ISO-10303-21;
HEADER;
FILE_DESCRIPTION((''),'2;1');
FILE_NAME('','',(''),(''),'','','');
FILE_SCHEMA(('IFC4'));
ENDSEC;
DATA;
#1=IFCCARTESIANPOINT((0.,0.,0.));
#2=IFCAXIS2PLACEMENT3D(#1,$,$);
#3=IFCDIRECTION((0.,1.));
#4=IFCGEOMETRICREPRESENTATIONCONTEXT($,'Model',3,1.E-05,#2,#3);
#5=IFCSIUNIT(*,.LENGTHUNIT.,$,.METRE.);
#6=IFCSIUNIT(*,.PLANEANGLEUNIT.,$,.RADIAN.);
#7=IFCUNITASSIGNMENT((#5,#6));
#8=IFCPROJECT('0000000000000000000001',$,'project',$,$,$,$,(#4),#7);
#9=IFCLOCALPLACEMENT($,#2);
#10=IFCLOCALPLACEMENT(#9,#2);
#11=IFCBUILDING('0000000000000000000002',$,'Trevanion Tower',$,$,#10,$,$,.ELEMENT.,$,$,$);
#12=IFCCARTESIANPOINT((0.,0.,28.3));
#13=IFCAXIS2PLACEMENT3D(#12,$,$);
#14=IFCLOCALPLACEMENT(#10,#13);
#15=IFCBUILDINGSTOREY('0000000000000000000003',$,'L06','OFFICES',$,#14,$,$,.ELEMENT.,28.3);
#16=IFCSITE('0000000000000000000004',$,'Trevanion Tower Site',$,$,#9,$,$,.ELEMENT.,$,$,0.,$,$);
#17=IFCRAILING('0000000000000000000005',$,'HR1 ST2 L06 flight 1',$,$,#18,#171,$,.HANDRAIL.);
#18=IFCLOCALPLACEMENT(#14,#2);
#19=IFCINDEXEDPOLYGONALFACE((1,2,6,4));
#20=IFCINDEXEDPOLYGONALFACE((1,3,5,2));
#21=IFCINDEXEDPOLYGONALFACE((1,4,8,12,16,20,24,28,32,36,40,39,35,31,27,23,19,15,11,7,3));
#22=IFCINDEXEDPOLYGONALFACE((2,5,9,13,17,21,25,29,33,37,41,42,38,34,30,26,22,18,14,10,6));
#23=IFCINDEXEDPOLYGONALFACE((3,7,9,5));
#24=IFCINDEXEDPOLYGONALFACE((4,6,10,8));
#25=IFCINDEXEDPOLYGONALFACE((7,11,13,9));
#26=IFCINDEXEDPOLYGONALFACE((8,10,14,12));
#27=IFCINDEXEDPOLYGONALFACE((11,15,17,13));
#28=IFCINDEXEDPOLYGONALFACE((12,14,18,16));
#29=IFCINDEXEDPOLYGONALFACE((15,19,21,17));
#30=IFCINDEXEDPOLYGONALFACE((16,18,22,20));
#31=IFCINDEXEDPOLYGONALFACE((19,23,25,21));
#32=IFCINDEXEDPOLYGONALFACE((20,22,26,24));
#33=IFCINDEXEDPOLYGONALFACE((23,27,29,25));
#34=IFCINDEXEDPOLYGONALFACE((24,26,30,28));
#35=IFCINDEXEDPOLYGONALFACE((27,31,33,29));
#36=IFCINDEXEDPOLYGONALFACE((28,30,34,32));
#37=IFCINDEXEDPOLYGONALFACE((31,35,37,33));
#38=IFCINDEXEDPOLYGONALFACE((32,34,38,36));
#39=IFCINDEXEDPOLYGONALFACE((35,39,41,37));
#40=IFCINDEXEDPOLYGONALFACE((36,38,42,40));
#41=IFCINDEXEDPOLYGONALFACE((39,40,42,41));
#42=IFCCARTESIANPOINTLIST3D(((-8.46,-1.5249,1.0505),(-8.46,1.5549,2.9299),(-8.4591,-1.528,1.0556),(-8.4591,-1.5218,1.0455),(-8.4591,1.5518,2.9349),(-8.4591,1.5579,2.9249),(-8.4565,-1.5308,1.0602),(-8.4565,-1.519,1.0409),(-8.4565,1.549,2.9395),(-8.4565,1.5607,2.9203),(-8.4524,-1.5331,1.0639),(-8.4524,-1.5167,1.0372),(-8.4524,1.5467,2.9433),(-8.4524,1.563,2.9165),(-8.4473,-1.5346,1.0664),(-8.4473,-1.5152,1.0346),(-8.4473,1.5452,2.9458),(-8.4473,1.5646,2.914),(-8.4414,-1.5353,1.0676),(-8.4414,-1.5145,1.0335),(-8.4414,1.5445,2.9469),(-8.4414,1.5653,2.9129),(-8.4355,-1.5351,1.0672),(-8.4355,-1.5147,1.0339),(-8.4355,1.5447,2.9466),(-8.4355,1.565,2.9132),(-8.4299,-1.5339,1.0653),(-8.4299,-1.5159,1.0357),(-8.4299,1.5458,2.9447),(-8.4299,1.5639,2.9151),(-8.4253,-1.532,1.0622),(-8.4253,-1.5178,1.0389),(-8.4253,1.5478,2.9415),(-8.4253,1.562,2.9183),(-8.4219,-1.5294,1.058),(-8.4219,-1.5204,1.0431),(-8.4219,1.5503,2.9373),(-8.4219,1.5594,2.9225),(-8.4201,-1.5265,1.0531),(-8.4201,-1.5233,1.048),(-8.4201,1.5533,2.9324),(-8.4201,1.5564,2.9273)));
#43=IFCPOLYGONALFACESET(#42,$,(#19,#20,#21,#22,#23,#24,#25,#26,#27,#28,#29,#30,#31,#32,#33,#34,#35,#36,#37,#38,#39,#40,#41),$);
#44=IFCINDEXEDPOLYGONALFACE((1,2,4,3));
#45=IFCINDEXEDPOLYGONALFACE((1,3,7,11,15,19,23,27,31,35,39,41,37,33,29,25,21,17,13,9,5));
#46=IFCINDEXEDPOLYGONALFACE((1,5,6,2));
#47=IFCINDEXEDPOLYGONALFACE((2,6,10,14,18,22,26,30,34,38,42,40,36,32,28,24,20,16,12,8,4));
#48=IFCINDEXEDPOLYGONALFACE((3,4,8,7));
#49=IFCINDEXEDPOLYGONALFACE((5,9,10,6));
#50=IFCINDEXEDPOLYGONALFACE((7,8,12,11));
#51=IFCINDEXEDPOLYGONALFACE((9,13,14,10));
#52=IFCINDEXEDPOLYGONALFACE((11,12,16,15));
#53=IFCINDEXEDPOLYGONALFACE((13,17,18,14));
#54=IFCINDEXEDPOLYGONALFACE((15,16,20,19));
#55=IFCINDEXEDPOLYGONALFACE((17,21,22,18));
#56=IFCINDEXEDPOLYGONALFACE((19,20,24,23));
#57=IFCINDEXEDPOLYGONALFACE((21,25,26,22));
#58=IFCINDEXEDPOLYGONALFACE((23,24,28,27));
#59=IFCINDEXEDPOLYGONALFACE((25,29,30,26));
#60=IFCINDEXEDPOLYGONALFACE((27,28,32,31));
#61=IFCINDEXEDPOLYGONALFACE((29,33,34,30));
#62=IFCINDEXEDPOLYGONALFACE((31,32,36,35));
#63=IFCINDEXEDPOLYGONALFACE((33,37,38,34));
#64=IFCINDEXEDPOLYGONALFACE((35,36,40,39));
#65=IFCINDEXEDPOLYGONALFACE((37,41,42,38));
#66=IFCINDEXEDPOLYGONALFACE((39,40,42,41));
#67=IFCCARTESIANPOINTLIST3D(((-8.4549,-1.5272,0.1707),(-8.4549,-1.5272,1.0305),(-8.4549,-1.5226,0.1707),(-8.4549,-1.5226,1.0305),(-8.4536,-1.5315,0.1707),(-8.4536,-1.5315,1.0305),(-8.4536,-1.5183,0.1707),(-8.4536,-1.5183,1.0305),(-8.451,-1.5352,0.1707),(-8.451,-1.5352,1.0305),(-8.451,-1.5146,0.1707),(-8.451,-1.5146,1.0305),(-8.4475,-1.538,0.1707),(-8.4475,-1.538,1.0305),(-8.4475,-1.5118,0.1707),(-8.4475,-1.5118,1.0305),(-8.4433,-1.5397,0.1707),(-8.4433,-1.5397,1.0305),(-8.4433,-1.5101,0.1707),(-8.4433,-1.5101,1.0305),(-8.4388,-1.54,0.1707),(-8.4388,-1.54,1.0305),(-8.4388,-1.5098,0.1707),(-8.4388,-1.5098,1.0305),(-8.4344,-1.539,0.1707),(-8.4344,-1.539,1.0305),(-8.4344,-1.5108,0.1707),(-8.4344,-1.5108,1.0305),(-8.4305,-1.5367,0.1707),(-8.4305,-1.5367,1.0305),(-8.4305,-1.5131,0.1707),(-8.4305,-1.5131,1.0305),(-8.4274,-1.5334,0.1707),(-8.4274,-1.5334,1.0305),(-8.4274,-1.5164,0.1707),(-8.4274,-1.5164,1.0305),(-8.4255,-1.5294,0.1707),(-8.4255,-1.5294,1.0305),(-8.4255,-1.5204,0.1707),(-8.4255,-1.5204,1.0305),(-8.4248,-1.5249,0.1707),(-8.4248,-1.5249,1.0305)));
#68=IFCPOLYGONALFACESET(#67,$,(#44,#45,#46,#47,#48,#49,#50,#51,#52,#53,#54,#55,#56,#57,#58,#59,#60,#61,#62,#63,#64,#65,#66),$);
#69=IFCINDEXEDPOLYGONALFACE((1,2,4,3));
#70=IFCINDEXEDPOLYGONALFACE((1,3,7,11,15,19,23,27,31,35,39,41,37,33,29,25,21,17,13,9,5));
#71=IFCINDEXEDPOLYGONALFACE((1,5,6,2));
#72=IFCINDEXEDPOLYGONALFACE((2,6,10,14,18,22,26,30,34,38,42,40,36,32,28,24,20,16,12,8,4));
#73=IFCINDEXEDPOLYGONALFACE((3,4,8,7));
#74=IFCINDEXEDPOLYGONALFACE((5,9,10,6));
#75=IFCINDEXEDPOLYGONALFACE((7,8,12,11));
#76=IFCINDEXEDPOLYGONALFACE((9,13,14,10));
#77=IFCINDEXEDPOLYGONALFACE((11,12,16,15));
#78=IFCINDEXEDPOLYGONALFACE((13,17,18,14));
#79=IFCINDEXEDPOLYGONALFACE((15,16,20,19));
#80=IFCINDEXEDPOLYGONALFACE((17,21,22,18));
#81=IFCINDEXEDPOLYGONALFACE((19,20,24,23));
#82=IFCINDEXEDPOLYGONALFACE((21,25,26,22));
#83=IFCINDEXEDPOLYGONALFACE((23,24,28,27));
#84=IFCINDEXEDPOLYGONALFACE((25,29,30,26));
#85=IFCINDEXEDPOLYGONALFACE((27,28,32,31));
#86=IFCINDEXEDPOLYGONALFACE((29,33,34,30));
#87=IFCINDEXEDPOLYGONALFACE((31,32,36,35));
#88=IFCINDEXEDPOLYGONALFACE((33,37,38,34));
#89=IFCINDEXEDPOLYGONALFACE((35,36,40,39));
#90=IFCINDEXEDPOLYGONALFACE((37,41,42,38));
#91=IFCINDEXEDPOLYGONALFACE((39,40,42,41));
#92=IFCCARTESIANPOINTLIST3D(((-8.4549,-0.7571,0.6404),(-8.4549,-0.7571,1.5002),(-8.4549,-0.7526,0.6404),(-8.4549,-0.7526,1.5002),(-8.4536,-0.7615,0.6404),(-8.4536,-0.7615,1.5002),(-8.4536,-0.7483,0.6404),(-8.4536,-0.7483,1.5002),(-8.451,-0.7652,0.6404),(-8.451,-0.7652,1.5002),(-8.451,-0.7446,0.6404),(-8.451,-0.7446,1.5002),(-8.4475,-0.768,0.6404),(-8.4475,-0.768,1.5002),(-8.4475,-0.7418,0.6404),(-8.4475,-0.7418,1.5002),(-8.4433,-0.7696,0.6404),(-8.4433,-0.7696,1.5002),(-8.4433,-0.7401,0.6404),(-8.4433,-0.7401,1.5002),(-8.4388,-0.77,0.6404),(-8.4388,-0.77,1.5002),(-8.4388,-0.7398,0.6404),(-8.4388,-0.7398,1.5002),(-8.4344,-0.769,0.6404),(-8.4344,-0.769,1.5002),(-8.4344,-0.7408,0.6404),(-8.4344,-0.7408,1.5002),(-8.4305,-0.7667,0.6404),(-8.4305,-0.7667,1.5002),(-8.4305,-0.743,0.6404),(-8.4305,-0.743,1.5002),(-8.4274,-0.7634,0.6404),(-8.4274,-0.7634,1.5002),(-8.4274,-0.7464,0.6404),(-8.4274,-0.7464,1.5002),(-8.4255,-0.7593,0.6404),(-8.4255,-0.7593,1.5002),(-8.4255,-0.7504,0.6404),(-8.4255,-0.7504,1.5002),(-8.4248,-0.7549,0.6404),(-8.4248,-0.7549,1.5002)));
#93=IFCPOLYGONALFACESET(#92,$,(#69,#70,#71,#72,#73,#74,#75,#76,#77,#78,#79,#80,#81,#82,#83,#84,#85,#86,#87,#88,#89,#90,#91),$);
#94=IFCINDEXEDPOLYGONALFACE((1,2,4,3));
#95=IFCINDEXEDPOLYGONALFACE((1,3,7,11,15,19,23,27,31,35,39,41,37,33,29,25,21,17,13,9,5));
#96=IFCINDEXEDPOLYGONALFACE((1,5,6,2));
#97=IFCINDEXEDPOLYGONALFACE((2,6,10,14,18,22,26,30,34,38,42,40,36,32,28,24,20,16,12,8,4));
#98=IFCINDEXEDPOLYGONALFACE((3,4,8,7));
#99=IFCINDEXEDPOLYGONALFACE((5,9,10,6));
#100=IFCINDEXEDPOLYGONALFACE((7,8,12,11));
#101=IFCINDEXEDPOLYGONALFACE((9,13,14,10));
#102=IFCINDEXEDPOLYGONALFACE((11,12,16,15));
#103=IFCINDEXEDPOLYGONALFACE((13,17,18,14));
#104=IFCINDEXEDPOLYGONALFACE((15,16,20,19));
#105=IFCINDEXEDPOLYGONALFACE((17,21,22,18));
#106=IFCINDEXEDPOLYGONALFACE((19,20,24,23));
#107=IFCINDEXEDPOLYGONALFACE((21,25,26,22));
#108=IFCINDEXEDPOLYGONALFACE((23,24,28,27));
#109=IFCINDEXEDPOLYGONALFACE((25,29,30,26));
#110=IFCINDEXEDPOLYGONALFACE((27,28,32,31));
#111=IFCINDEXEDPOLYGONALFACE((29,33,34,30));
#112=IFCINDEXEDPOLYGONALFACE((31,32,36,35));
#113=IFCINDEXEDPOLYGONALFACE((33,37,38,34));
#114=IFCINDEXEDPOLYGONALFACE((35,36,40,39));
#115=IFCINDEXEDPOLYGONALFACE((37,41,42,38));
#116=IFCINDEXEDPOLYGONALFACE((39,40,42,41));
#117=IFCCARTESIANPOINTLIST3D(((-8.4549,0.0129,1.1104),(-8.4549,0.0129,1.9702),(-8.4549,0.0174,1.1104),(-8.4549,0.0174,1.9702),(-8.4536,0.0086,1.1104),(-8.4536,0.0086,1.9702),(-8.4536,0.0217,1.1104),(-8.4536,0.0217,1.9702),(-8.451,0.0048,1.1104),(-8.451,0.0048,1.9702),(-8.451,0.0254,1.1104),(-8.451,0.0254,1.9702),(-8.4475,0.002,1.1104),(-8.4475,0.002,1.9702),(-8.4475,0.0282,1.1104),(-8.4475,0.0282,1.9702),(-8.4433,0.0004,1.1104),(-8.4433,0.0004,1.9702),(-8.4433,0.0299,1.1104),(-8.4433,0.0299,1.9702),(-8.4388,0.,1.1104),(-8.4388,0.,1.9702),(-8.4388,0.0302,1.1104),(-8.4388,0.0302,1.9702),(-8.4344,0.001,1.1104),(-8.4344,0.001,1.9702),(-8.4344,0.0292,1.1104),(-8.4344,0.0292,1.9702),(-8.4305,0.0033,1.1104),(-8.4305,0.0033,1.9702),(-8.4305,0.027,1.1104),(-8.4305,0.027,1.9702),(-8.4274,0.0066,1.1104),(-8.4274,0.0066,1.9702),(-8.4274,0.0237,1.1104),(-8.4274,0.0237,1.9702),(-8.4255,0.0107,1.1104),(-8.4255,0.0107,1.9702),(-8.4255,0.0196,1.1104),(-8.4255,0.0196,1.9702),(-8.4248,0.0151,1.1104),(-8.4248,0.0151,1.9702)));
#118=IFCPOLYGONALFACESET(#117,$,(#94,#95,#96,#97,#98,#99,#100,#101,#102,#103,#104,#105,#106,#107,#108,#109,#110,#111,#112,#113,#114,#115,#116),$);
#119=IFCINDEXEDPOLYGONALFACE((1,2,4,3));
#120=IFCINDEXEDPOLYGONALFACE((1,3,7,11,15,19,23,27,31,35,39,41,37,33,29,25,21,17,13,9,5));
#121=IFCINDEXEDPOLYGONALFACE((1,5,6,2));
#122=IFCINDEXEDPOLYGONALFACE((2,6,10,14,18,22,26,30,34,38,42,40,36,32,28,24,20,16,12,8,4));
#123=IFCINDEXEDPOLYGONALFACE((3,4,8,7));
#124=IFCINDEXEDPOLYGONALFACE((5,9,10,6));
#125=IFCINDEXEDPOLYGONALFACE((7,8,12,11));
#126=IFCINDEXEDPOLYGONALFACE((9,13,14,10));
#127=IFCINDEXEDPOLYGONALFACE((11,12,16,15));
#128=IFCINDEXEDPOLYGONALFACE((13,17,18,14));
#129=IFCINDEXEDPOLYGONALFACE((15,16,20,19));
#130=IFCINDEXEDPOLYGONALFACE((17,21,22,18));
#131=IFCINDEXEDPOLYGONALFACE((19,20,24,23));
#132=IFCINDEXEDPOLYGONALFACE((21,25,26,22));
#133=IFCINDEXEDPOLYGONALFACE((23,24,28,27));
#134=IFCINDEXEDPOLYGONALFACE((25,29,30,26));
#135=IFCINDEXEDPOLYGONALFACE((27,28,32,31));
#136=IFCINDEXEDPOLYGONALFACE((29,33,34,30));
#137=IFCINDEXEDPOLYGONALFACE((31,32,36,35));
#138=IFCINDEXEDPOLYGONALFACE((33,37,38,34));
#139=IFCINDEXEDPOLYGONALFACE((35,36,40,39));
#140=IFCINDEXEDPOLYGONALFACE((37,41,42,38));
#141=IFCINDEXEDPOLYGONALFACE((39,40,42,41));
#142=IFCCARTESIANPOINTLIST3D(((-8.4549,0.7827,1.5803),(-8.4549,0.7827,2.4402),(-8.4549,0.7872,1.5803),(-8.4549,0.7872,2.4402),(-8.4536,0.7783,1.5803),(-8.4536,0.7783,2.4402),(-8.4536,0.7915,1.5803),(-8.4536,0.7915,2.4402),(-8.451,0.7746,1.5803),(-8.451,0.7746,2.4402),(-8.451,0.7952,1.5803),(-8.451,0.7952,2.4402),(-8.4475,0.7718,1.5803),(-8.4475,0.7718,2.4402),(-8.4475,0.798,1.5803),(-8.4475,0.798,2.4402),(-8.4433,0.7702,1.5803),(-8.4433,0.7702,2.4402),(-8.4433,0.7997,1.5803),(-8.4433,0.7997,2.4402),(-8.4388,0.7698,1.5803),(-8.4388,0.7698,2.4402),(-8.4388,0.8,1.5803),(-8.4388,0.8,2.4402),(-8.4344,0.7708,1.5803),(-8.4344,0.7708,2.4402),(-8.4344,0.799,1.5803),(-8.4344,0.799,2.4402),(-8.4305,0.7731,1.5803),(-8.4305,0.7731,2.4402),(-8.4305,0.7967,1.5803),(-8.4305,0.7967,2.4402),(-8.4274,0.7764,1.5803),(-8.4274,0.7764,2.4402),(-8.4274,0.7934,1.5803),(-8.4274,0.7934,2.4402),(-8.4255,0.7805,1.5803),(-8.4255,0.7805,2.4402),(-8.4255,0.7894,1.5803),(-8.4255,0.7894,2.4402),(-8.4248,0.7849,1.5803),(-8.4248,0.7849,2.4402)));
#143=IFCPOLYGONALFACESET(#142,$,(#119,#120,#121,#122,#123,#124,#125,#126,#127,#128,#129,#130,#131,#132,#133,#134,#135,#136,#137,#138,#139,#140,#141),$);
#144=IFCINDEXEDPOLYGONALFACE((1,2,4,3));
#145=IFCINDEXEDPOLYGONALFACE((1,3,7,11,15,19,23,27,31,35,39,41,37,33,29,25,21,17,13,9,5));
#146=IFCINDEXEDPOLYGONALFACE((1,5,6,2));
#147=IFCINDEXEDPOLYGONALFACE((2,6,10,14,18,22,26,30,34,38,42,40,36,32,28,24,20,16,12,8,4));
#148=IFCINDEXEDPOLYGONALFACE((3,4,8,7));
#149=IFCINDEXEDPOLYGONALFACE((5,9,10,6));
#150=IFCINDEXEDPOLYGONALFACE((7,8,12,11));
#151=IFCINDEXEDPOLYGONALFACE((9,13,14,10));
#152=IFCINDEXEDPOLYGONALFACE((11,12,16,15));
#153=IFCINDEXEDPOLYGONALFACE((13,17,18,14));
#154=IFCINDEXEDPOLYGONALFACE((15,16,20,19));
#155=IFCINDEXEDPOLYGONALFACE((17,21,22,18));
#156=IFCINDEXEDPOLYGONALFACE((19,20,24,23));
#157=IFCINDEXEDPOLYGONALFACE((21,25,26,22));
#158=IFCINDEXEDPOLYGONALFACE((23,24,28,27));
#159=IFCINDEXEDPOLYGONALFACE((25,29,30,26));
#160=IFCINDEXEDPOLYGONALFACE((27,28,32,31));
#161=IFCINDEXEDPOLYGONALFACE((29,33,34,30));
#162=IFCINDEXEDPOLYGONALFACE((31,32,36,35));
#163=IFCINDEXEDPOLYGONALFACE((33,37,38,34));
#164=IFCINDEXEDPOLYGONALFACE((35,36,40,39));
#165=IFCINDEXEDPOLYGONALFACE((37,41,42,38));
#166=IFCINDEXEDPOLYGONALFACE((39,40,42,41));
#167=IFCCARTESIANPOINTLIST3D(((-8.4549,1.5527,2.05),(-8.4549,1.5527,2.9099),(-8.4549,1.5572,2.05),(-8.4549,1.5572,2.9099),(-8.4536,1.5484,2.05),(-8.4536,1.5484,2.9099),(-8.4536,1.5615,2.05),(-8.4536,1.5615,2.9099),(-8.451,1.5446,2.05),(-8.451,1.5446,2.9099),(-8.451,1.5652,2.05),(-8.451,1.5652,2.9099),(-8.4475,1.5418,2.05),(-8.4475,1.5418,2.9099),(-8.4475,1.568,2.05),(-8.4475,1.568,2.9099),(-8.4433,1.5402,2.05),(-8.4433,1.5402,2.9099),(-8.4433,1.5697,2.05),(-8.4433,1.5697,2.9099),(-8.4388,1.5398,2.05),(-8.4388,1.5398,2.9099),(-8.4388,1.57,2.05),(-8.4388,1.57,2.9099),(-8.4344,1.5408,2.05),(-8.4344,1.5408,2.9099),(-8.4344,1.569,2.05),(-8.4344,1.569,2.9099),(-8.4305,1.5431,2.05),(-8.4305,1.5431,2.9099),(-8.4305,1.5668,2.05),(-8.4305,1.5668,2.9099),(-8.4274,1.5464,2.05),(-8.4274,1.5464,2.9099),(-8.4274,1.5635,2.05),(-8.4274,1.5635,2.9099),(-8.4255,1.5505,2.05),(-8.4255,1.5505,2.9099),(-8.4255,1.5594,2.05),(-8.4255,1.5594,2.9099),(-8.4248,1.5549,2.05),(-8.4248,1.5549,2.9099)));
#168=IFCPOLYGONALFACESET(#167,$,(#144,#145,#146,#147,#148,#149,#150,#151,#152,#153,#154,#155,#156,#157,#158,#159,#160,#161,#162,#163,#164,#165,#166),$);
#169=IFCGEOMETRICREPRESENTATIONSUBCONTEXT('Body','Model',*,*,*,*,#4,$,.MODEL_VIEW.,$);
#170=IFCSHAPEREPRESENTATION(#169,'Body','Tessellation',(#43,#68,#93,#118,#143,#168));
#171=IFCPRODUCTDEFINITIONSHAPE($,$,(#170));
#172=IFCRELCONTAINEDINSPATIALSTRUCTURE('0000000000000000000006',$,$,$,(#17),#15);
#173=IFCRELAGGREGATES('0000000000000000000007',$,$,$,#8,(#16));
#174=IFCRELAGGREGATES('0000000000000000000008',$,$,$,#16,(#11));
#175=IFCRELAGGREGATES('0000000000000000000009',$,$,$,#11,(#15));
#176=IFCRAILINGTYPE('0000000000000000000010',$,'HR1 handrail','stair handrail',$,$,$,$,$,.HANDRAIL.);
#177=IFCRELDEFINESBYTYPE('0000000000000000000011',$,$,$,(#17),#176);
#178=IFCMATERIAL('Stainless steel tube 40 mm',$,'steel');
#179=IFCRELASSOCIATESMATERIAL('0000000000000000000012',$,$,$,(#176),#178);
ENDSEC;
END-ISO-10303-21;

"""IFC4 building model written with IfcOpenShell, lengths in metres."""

from ifc_helpers import new_model, si_unit, direction, frame, origin, origin_2d, place, context, subcontext, project, spatial, circle, extrude, material, type_object, element, save


model = new_model("IFC4")

# Units and contexts
model_context = context("Model", 3, precision=1e-05, world=origin(), true_north=direction((0.0, 1.0)))
body_context = subcontext(model_context, "Body", "Model", "MODEL_VIEW")
ifc_project = project(units=[si_unit("LENGTHUNIT", "METRE"), si_unit("PLANEANGLEUNIT", "RADIAN")], contexts=[model_context])

# Site, building, storey
site_placement = place(None, origin())
site = spatial("IfcSite", under=ifc_project, at=site_placement, Name="Trevanion Tower Site", CompositionType="ELEMENT", RefElevation=0.0)
building_placement = place(site_placement, origin())
building = spatial("IfcBuilding", under=site, at=building_placement, Name="Trevanion Tower", CompositionType="ELEMENT")
storey_placement = place(building_placement, frame((0.0, 0.0, 28.3)))
storey = spatial("IfcBuildingStorey", under=building, at=storey_placement, Name="L06", Description="OFFICES", CompositionType="ELEMENT", Elevation=28.3)

# Railing
ifc_material_1 = material(Name="Stainless steel tube 40 mm", Category="steel")
railing_type = type_object("IfcRailingType", Name="HR1 handrail", Description="stair handrail", PredefinedType="HANDRAIL", material=ifc_material_1)
for number, where, name in (
    (1, (-8.4399, -1.5249, 0.1707), "HR1 ST2 L06 flight 1"),
):
    element("IfcRailing", number, at=place(storey_placement, frame(where)), inside=storey, type_object=railing_type, Name=name, PredefinedType="HANDRAIL", context=body_context, shape_type="SweptSolid", body=[
        extrude(circle(Radius=0.02, at=origin_2d()), frame((0.0, 0.0, 0.8799), z_axis=(0.0, 0.853618, 0.5209), x_axis=(-1.0, 0.0, 0.0)), (0.0, 0.0, 1.0), 3.6079),
        extrude(circle(Radius=0.0151, at=origin_2d()), origin(), (0.0, 0.0, 1.0), 0.8599),
        extrude(circle(Radius=0.0151, at=origin_2d()), frame((0.0, 0.77, 0.4697)), (0.0, 0.0, 1.0), 0.8599),
        extrude(circle(Radius=0.0151, at=origin_2d()), frame((0.0, 1.54, 0.9397)), (0.0, 0.0, 1.0), 0.8599),
        extrude(circle(Radius=0.0151, at=origin_2d()), frame((0.0, 2.3098, 1.4097)), (0.0, 0.0, 1.0), 0.8599),
        extrude(circle(Radius=0.0151, at=origin_2d()), frame((0.0, 3.0798, 1.8794)), (0.0, 0.0, 1.0), 0.8599),
    ])

save(model, "model.ifc")
